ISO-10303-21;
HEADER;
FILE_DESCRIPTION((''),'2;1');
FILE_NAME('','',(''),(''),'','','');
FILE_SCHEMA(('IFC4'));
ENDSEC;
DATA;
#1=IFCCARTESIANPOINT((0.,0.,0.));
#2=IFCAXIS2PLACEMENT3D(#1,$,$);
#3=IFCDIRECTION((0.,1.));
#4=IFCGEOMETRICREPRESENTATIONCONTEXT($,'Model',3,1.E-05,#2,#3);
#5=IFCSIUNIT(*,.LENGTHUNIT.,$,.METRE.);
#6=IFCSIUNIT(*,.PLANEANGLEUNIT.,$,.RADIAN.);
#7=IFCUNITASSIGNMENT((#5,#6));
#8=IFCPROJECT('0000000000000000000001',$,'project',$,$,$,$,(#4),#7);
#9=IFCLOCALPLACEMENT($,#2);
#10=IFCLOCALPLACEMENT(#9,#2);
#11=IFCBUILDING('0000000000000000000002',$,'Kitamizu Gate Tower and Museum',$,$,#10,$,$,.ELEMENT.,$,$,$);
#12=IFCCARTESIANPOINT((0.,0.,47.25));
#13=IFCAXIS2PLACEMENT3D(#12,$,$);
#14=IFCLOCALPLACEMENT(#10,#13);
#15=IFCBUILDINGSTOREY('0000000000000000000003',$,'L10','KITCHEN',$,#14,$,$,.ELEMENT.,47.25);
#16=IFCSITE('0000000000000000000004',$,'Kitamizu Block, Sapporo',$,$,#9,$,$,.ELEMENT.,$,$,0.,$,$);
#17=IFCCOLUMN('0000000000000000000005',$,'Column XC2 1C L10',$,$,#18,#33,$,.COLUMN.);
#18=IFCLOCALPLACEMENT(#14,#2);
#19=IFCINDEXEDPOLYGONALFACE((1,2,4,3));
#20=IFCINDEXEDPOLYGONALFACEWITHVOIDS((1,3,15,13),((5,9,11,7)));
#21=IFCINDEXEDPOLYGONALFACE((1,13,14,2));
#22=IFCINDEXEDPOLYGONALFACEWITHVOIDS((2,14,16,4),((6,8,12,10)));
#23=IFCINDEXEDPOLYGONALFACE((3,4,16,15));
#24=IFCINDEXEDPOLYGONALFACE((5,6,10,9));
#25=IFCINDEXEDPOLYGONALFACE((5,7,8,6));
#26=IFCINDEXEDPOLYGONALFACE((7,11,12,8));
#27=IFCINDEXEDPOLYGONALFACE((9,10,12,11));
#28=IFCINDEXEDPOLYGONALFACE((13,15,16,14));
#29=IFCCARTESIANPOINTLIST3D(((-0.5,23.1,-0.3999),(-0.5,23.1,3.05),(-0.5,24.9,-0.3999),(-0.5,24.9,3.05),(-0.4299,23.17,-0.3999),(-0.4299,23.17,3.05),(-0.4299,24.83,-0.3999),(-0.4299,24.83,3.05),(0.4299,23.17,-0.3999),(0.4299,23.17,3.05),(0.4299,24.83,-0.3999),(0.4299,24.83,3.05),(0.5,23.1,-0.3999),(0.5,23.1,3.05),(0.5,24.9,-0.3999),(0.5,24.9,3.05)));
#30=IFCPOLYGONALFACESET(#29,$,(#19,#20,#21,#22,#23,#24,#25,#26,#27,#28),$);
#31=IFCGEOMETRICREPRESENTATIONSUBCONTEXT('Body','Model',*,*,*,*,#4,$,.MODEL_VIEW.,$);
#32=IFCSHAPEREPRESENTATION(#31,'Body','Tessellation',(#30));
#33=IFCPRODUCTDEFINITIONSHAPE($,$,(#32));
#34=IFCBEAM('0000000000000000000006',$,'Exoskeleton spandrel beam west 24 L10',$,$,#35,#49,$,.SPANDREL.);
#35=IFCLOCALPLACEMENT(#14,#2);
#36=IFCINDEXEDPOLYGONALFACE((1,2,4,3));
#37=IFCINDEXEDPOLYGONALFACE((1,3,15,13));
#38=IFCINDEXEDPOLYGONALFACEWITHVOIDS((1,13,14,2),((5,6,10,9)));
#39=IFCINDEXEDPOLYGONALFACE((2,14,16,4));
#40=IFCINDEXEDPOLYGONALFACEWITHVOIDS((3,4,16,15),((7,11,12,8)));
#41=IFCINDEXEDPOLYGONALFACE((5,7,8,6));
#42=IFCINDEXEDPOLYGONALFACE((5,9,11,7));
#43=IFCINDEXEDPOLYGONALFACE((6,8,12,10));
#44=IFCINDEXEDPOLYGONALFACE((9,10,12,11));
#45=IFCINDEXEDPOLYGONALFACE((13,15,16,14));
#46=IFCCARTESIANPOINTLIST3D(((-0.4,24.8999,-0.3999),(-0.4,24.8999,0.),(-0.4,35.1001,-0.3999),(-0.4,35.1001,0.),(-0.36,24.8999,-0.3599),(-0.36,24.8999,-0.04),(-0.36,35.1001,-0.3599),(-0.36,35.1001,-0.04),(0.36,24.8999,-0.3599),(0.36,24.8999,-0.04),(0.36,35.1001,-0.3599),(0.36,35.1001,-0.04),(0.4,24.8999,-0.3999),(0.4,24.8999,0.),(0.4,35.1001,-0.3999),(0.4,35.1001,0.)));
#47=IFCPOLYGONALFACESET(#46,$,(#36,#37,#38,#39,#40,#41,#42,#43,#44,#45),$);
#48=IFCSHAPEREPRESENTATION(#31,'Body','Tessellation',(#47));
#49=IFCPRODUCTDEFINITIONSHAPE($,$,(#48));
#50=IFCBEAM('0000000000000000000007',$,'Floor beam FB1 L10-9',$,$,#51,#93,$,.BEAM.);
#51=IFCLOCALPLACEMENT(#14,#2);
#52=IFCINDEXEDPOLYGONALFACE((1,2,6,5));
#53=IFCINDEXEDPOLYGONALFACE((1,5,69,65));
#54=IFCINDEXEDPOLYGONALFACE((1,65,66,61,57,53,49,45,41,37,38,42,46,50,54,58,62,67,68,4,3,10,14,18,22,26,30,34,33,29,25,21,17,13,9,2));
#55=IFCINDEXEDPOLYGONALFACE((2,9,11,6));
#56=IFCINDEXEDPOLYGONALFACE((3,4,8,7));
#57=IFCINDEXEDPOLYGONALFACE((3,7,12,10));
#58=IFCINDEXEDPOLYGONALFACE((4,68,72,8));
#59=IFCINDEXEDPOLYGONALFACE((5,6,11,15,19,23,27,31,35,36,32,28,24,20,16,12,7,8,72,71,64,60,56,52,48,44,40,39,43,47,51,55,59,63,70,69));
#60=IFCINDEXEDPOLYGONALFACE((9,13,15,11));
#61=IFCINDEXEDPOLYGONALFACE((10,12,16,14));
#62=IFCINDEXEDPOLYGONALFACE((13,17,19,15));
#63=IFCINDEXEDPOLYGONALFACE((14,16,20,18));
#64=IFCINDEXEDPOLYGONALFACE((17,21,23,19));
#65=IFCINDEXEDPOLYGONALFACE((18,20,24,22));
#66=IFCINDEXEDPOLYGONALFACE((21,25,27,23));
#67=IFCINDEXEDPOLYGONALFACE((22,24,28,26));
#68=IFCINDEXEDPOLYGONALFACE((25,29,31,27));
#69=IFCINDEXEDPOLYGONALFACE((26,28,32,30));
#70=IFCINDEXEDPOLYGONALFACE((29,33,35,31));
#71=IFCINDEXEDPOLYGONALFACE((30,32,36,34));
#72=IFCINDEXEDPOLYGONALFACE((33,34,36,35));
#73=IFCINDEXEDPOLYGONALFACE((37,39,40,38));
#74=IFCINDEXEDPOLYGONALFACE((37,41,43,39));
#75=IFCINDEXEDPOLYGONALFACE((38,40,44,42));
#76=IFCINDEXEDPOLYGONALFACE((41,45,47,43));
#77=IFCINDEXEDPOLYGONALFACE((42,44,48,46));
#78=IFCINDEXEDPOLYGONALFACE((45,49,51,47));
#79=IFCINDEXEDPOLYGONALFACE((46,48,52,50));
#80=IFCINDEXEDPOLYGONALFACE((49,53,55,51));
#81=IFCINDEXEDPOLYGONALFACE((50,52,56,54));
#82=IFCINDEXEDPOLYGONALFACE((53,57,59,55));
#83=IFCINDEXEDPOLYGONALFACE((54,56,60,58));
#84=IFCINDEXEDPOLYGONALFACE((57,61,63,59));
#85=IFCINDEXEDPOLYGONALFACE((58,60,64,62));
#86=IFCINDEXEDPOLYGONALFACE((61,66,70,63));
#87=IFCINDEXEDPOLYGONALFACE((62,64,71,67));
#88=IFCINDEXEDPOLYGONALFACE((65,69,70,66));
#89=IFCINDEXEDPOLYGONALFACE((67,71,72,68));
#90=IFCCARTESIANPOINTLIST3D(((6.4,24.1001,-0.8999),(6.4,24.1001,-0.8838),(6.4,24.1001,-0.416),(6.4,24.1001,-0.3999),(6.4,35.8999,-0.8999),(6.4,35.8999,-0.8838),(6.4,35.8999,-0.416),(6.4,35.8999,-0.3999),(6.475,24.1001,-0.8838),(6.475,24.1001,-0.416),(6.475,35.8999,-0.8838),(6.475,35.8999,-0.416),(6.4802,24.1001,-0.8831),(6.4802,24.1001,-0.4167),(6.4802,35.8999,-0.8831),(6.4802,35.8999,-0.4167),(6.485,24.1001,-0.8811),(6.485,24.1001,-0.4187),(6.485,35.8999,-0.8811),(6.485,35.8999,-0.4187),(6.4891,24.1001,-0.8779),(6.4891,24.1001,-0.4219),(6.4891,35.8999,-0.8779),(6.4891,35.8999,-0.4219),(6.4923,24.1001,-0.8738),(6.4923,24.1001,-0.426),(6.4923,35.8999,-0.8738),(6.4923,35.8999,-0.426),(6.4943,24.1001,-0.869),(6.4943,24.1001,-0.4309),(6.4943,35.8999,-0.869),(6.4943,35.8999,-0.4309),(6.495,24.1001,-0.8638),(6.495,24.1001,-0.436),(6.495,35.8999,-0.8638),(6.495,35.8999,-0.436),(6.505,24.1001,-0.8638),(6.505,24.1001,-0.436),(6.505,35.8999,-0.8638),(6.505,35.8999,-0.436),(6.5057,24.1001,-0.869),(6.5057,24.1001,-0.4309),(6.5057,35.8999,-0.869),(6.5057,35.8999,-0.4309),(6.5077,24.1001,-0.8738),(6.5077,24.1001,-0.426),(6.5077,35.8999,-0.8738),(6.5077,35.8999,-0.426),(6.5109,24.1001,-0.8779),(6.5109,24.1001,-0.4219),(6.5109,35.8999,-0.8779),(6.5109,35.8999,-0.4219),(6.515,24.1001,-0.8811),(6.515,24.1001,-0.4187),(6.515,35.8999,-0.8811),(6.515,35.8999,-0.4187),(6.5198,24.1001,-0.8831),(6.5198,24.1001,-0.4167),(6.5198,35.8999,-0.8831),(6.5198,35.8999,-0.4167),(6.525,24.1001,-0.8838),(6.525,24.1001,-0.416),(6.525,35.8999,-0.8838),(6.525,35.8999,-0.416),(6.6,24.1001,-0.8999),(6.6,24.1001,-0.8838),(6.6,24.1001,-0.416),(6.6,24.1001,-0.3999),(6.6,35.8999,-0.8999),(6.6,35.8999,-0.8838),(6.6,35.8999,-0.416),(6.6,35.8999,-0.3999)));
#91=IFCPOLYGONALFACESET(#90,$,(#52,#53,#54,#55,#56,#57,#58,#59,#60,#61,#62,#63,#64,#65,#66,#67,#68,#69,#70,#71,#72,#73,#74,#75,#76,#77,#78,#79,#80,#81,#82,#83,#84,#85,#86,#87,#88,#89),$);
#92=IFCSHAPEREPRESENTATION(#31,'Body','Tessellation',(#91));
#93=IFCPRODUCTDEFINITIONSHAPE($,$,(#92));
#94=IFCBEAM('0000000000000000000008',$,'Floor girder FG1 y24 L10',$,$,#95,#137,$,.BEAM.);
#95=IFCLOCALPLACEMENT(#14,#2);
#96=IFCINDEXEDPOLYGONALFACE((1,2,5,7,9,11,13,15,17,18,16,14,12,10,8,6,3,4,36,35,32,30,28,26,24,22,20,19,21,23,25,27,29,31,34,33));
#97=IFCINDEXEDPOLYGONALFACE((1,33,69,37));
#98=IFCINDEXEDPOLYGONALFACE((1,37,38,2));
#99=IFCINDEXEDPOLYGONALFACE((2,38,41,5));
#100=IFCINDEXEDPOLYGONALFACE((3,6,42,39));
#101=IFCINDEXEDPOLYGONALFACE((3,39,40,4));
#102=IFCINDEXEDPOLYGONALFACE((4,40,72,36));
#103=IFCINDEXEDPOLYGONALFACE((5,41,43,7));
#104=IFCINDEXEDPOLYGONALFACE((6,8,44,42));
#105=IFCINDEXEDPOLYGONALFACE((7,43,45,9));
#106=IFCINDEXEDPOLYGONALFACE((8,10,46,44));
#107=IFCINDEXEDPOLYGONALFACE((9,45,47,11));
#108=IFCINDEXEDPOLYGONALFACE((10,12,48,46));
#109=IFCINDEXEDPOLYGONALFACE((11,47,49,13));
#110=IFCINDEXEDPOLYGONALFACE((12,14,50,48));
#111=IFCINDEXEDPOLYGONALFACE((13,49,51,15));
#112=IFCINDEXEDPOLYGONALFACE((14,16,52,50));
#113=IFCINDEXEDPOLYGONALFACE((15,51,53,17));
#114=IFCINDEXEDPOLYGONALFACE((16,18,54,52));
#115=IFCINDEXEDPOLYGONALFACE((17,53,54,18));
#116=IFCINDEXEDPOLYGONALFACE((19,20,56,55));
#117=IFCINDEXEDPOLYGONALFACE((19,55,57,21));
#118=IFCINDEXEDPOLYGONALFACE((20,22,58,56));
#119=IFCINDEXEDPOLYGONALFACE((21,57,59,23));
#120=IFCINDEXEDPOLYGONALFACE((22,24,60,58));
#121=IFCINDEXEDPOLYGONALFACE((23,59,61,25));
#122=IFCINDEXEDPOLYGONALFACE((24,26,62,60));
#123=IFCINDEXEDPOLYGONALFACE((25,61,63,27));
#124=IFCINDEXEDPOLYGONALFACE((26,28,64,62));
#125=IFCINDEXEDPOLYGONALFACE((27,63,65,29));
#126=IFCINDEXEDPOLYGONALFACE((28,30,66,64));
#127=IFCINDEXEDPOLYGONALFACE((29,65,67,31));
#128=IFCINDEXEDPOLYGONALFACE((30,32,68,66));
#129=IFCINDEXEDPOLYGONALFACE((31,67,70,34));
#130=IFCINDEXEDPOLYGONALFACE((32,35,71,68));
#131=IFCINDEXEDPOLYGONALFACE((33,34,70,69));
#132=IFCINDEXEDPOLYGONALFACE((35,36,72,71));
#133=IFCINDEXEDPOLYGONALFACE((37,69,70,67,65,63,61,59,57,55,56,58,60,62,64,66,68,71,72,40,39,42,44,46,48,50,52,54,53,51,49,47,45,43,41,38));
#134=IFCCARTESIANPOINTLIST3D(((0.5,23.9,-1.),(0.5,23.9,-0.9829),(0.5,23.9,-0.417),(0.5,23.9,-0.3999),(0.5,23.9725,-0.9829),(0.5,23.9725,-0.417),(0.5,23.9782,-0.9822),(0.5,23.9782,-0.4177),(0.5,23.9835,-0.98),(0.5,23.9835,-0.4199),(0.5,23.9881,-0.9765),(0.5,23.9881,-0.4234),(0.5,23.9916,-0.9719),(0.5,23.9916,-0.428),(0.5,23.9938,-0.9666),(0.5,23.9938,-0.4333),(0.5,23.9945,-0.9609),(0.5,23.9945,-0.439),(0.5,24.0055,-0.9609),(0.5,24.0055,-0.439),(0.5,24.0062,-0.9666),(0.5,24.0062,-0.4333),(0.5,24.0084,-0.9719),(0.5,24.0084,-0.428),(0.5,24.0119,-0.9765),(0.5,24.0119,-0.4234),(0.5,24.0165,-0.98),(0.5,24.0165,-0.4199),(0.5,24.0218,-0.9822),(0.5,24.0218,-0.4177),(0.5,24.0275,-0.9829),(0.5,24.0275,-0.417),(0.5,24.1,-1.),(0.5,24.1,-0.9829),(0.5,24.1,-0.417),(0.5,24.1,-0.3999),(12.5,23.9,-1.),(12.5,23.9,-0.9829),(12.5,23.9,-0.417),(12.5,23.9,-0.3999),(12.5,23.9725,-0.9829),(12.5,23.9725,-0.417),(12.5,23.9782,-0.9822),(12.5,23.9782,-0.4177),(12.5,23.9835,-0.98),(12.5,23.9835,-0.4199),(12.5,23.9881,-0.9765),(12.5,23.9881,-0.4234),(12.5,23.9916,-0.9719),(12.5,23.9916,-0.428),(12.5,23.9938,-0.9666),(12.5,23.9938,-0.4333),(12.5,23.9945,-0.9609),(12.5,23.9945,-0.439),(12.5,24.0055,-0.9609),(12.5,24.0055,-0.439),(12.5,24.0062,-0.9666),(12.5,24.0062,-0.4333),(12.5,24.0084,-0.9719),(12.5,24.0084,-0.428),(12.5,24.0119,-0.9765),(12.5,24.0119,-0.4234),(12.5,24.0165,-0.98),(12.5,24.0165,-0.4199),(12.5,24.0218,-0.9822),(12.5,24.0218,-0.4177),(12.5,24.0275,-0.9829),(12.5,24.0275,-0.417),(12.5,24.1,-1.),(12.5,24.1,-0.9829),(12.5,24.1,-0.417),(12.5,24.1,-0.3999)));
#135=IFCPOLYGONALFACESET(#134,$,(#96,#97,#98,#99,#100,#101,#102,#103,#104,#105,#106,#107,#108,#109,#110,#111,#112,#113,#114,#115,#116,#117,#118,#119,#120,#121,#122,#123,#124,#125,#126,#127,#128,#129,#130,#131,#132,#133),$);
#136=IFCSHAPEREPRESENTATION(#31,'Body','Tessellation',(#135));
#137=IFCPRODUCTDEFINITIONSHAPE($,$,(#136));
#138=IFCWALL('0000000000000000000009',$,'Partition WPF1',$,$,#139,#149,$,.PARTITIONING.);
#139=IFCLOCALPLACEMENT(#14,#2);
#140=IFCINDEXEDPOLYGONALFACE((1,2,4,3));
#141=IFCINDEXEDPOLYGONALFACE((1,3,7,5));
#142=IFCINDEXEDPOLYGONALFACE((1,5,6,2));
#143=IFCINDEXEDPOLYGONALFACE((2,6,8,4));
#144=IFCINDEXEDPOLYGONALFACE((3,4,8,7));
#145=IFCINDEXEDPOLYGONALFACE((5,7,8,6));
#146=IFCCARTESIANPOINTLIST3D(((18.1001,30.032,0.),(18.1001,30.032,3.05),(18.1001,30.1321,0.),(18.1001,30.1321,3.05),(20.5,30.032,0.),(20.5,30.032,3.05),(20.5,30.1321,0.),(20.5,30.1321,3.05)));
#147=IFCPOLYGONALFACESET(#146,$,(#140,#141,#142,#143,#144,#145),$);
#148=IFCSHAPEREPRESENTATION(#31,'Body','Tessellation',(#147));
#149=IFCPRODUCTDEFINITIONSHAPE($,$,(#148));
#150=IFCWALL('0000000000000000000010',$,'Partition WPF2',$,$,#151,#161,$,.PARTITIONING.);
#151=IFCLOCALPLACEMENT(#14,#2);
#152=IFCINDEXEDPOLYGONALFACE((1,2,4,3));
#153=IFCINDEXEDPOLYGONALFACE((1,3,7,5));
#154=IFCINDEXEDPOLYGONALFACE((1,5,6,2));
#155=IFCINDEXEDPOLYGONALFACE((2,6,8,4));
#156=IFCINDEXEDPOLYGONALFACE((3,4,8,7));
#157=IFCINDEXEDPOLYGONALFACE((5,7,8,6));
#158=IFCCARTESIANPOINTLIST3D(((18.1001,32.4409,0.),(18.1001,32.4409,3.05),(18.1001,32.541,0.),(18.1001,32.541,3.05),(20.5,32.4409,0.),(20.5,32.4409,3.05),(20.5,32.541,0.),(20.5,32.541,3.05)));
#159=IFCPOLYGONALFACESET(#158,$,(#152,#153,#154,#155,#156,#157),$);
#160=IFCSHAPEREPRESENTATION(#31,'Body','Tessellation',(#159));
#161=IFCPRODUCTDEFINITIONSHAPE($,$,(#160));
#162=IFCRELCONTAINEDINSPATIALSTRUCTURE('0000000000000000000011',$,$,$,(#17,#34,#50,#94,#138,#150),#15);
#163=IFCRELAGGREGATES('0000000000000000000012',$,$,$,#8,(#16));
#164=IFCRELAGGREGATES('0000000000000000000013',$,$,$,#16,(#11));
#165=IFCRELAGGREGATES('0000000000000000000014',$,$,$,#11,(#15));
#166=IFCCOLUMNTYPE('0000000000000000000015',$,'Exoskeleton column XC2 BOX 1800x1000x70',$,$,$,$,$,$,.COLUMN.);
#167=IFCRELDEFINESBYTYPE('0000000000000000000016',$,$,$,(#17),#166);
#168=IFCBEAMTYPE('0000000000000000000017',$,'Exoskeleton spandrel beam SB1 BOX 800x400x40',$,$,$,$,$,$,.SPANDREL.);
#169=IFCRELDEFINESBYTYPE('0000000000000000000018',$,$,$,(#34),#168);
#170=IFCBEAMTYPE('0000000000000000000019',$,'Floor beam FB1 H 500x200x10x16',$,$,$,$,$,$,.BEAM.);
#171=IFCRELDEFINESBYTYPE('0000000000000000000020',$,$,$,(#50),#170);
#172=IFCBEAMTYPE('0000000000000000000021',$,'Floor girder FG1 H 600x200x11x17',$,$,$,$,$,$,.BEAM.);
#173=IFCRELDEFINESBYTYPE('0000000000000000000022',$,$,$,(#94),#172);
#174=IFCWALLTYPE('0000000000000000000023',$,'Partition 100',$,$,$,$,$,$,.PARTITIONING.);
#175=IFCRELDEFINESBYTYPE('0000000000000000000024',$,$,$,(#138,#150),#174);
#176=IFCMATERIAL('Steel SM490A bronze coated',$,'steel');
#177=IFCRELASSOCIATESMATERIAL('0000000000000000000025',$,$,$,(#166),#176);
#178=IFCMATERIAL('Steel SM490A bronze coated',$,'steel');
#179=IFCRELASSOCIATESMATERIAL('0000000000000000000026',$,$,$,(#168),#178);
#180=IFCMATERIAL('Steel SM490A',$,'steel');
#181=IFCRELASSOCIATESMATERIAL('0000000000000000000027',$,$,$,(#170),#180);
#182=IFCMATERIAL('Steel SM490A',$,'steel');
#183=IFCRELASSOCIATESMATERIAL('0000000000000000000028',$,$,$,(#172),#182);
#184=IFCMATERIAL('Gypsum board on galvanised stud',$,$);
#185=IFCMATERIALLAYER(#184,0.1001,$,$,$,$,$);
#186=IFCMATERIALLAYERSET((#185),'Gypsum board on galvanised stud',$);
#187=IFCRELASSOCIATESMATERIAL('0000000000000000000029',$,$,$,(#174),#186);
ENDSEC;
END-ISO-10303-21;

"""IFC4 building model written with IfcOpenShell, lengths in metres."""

from ifc_helpers import new_model, si_unit, direction, frame, frame_2d, origin, origin_2d, place, context, subcontext, project, spatial, rectangle, hollow_rectangle, i_section, extrude, material, layer, layer_set, material_profile, profile_set, type_object, element, save


model = new_model("IFC4")

# Units and contexts
model_context = context("Model", 3, precision=1e-05, world=origin(), true_north=direction((0.0, 1.0)))
body_context = subcontext(model_context, "Body", "Model", "MODEL_VIEW")
ifc_project = project(units=[si_unit("LENGTHUNIT", "METRE"), si_unit("PLANEANGLEUNIT", "RADIAN")], contexts=[model_context])

# Site, building, storey
site_placement = place(None, origin())
site = spatial("IfcSite", under=ifc_project, at=site_placement, Name="Kitamizu Block, Sapporo", CompositionType="ELEMENT", RefElevation=0.0)
building_placement = place(site_placement, origin())
building = spatial("IfcBuilding", under=site, at=building_placement, Name="Kitamizu Gate Tower and Museum", CompositionType="ELEMENT")
storey_placement = place(building_placement, frame((0.0, 0.0, 47.25)))
storey = spatial("IfcBuildingStorey", under=building, at=storey_placement, Name="L10", Description="KITCHEN", CompositionType="ELEMENT", Elevation=47.25)

# Column
ifc_material_1 = material(Name="Steel SM490A bronze coated", Category="steel")
ifc_material_profile_1 = material_profile(ifc_material_1, hollow_rectangle(XDim=1.8, YDim=1.0, WallThickness=0.0701, at=origin_2d()), Name="BOX 1800x1000x70")
ifc_profile_set_1 = profile_set([ifc_material_profile_1], Name="Steel SM490A bronze coated")
column_type = type_object("IfcColumnType", Name="Exoskeleton column XC2 BOX 1800x1000x70", PredefinedType="COLUMN", material=ifc_profile_set_1)
column_placement = place(storey_placement, frame((0.0, 24.0, -0.3999), z_axis=(0.0, 0.0, 1.0), x_axis=(0.0, 1.0, 0.0)))
element("IfcColumn", 1, at=column_placement, inside=storey, type_object=column_type, Name="Column XC2 1C L10", PredefinedType="COLUMN", context=body_context, shape_type="SweptSolid", body=[
    extrude(hollow_rectangle(XDim=1.8, YDim=1.0, WallThickness=0.0701, at=origin_2d()), origin(), (0.0, 0.0, 1.0), 3.45),
])

# Beams
ifc_material_2 = material(Name="Steel SM490A bronze coated", Category="steel")
ifc_material_profile_2 = material_profile(ifc_material_2, hollow_rectangle(XDim=0.8, YDim=0.3999, WallThickness=0.04, at=origin_2d()), Name="BOX 800x400x40")
ifc_profile_set_2 = profile_set([ifc_material_profile_2], Name="Steel SM490A bronze coated")
beam_type_1 = type_object("IfcBeamType", Name="Exoskeleton spandrel beam SB1 BOX 800x400x40", PredefinedType="SPANDREL", material=ifc_profile_set_2)
beam_1_placement = place(storey_placement, frame((0.0, 24.8999, -0.2), z_axis=(0.0, 1.0, 0.0), x_axis=(-1.0, 0.0, 0.0)))
element("IfcBeam", 2, at=beam_1_placement, inside=storey, type_object=beam_type_1, Name="Exoskeleton spandrel beam west 24 L10", PredefinedType="SPANDREL", context=body_context, shape_type="SweptSolid", body=[
    extrude(hollow_rectangle(XDim=0.8, YDim=0.3999, WallThickness=0.04, at=origin_2d()), origin(), (0.0, 0.0, 1.0), 10.2002),
])
ifc_material_3 = material(Name="Steel SM490A", Category="steel")
ifc_material_profile_3 = material_profile(ifc_material_3, i_section(OverallWidth=0.2, OverallDepth=0.5, WebThickness=0.01, FlangeThickness=0.0161, FilletRadius=0.02, at=origin_2d()), Name="H-500x200x10x16")
ifc_profile_set_3 = profile_set([ifc_material_profile_3], Name="Steel SM490A")
beam_type_2 = type_object("IfcBeamType", Name="Floor beam FB1 H 500x200x10x16", PredefinedType="BEAM", material=ifc_profile_set_3)
beam_2_placement = place(storey_placement, frame((6.5, 24.1001, -0.6499), z_axis=(0.0, 1.0, 0.0), x_axis=(-1.0, 0.0, 0.0)))
element("IfcBeam", 3, at=beam_2_placement, inside=storey, type_object=beam_type_2, Name="Floor beam FB1 L10-9", PredefinedType="BEAM", context=body_context, shape_type="SweptSolid", body=[
    extrude(i_section(OverallWidth=0.2, OverallDepth=0.5, WebThickness=0.01, FlangeThickness=0.0161, FilletRadius=0.02, at=origin_2d()), origin(), (0.0, 0.0, 1.0), 11.7998),
])
ifc_material_4 = material(Name="Steel SM490A", Category="steel")
ifc_material_profile_4 = material_profile(ifc_material_4, i_section(OverallWidth=0.2, OverallDepth=0.6001, WebThickness=0.011, FlangeThickness=0.0171, FilletRadius=0.022, at=origin_2d()), Name="H-600x200x11x17")
ifc_profile_set_4 = profile_set([ifc_material_profile_4], Name="Steel SM490A")
beam_type_3 = type_object("IfcBeamType", Name="Floor girder FG1 H 600x200x11x17", PredefinedType="BEAM", material=ifc_profile_set_4)
beam_3_placement = place(storey_placement, frame((0.5, 24.0, -0.7), z_axis=(1.0, 0.0, 0.0), x_axis=(0.0, 1.0, 0.0)))
element("IfcBeam", 4, at=beam_3_placement, inside=storey, type_object=beam_type_3, Name="Floor girder FG1 y24 L10", PredefinedType="BEAM", context=body_context, shape_type="SweptSolid", body=[
    extrude(i_section(OverallWidth=0.2, OverallDepth=0.6001, WebThickness=0.011, FlangeThickness=0.0171, FilletRadius=0.022, at=origin_2d()), origin(), (0.0, 0.0, 1.0), 12.0),
])

# Walls
ifc_material_5 = material(Name="Gypsum board on galvanised stud")
ifc_layer_1 = layer(ifc_material_5, 0.1001)
ifc_layer_set_1 = layer_set([ifc_layer_1], Name="Gypsum board on galvanised stud")
wall_type_1 = type_object("IfcWallType", Name="Partition 100", PredefinedType="PARTITIONING", material=ifc_layer_set_1)
for number, where, z_axis, x_axis, name in (
    (5, (18.1001, 30.082, 0.0), (0.0, 0.0, 1.0), (1.0, 0.0, 0.0), "Partition WPF1"),
    (6, (18.1001, 32.491, 0.0), (0.0, 0.0, 1.0), (1.0, 0.0, 0.0), "Partition WPF2"),
):
    element("IfcWall", number, at=place(storey_placement, frame(where, z_axis=z_axis, x_axis=x_axis)), inside=storey, type_object=wall_type_1, Name=name, PredefinedType="PARTITIONING", context=body_context, shape_type="SweptSolid", body=[
        extrude(rectangle(XDim=2.3999, YDim=0.1001, at=frame_2d((1.2, 0.0))), origin(), (0.0, 0.0, 1.0), 3.05),
    ])

save(model, "model.ifc")
